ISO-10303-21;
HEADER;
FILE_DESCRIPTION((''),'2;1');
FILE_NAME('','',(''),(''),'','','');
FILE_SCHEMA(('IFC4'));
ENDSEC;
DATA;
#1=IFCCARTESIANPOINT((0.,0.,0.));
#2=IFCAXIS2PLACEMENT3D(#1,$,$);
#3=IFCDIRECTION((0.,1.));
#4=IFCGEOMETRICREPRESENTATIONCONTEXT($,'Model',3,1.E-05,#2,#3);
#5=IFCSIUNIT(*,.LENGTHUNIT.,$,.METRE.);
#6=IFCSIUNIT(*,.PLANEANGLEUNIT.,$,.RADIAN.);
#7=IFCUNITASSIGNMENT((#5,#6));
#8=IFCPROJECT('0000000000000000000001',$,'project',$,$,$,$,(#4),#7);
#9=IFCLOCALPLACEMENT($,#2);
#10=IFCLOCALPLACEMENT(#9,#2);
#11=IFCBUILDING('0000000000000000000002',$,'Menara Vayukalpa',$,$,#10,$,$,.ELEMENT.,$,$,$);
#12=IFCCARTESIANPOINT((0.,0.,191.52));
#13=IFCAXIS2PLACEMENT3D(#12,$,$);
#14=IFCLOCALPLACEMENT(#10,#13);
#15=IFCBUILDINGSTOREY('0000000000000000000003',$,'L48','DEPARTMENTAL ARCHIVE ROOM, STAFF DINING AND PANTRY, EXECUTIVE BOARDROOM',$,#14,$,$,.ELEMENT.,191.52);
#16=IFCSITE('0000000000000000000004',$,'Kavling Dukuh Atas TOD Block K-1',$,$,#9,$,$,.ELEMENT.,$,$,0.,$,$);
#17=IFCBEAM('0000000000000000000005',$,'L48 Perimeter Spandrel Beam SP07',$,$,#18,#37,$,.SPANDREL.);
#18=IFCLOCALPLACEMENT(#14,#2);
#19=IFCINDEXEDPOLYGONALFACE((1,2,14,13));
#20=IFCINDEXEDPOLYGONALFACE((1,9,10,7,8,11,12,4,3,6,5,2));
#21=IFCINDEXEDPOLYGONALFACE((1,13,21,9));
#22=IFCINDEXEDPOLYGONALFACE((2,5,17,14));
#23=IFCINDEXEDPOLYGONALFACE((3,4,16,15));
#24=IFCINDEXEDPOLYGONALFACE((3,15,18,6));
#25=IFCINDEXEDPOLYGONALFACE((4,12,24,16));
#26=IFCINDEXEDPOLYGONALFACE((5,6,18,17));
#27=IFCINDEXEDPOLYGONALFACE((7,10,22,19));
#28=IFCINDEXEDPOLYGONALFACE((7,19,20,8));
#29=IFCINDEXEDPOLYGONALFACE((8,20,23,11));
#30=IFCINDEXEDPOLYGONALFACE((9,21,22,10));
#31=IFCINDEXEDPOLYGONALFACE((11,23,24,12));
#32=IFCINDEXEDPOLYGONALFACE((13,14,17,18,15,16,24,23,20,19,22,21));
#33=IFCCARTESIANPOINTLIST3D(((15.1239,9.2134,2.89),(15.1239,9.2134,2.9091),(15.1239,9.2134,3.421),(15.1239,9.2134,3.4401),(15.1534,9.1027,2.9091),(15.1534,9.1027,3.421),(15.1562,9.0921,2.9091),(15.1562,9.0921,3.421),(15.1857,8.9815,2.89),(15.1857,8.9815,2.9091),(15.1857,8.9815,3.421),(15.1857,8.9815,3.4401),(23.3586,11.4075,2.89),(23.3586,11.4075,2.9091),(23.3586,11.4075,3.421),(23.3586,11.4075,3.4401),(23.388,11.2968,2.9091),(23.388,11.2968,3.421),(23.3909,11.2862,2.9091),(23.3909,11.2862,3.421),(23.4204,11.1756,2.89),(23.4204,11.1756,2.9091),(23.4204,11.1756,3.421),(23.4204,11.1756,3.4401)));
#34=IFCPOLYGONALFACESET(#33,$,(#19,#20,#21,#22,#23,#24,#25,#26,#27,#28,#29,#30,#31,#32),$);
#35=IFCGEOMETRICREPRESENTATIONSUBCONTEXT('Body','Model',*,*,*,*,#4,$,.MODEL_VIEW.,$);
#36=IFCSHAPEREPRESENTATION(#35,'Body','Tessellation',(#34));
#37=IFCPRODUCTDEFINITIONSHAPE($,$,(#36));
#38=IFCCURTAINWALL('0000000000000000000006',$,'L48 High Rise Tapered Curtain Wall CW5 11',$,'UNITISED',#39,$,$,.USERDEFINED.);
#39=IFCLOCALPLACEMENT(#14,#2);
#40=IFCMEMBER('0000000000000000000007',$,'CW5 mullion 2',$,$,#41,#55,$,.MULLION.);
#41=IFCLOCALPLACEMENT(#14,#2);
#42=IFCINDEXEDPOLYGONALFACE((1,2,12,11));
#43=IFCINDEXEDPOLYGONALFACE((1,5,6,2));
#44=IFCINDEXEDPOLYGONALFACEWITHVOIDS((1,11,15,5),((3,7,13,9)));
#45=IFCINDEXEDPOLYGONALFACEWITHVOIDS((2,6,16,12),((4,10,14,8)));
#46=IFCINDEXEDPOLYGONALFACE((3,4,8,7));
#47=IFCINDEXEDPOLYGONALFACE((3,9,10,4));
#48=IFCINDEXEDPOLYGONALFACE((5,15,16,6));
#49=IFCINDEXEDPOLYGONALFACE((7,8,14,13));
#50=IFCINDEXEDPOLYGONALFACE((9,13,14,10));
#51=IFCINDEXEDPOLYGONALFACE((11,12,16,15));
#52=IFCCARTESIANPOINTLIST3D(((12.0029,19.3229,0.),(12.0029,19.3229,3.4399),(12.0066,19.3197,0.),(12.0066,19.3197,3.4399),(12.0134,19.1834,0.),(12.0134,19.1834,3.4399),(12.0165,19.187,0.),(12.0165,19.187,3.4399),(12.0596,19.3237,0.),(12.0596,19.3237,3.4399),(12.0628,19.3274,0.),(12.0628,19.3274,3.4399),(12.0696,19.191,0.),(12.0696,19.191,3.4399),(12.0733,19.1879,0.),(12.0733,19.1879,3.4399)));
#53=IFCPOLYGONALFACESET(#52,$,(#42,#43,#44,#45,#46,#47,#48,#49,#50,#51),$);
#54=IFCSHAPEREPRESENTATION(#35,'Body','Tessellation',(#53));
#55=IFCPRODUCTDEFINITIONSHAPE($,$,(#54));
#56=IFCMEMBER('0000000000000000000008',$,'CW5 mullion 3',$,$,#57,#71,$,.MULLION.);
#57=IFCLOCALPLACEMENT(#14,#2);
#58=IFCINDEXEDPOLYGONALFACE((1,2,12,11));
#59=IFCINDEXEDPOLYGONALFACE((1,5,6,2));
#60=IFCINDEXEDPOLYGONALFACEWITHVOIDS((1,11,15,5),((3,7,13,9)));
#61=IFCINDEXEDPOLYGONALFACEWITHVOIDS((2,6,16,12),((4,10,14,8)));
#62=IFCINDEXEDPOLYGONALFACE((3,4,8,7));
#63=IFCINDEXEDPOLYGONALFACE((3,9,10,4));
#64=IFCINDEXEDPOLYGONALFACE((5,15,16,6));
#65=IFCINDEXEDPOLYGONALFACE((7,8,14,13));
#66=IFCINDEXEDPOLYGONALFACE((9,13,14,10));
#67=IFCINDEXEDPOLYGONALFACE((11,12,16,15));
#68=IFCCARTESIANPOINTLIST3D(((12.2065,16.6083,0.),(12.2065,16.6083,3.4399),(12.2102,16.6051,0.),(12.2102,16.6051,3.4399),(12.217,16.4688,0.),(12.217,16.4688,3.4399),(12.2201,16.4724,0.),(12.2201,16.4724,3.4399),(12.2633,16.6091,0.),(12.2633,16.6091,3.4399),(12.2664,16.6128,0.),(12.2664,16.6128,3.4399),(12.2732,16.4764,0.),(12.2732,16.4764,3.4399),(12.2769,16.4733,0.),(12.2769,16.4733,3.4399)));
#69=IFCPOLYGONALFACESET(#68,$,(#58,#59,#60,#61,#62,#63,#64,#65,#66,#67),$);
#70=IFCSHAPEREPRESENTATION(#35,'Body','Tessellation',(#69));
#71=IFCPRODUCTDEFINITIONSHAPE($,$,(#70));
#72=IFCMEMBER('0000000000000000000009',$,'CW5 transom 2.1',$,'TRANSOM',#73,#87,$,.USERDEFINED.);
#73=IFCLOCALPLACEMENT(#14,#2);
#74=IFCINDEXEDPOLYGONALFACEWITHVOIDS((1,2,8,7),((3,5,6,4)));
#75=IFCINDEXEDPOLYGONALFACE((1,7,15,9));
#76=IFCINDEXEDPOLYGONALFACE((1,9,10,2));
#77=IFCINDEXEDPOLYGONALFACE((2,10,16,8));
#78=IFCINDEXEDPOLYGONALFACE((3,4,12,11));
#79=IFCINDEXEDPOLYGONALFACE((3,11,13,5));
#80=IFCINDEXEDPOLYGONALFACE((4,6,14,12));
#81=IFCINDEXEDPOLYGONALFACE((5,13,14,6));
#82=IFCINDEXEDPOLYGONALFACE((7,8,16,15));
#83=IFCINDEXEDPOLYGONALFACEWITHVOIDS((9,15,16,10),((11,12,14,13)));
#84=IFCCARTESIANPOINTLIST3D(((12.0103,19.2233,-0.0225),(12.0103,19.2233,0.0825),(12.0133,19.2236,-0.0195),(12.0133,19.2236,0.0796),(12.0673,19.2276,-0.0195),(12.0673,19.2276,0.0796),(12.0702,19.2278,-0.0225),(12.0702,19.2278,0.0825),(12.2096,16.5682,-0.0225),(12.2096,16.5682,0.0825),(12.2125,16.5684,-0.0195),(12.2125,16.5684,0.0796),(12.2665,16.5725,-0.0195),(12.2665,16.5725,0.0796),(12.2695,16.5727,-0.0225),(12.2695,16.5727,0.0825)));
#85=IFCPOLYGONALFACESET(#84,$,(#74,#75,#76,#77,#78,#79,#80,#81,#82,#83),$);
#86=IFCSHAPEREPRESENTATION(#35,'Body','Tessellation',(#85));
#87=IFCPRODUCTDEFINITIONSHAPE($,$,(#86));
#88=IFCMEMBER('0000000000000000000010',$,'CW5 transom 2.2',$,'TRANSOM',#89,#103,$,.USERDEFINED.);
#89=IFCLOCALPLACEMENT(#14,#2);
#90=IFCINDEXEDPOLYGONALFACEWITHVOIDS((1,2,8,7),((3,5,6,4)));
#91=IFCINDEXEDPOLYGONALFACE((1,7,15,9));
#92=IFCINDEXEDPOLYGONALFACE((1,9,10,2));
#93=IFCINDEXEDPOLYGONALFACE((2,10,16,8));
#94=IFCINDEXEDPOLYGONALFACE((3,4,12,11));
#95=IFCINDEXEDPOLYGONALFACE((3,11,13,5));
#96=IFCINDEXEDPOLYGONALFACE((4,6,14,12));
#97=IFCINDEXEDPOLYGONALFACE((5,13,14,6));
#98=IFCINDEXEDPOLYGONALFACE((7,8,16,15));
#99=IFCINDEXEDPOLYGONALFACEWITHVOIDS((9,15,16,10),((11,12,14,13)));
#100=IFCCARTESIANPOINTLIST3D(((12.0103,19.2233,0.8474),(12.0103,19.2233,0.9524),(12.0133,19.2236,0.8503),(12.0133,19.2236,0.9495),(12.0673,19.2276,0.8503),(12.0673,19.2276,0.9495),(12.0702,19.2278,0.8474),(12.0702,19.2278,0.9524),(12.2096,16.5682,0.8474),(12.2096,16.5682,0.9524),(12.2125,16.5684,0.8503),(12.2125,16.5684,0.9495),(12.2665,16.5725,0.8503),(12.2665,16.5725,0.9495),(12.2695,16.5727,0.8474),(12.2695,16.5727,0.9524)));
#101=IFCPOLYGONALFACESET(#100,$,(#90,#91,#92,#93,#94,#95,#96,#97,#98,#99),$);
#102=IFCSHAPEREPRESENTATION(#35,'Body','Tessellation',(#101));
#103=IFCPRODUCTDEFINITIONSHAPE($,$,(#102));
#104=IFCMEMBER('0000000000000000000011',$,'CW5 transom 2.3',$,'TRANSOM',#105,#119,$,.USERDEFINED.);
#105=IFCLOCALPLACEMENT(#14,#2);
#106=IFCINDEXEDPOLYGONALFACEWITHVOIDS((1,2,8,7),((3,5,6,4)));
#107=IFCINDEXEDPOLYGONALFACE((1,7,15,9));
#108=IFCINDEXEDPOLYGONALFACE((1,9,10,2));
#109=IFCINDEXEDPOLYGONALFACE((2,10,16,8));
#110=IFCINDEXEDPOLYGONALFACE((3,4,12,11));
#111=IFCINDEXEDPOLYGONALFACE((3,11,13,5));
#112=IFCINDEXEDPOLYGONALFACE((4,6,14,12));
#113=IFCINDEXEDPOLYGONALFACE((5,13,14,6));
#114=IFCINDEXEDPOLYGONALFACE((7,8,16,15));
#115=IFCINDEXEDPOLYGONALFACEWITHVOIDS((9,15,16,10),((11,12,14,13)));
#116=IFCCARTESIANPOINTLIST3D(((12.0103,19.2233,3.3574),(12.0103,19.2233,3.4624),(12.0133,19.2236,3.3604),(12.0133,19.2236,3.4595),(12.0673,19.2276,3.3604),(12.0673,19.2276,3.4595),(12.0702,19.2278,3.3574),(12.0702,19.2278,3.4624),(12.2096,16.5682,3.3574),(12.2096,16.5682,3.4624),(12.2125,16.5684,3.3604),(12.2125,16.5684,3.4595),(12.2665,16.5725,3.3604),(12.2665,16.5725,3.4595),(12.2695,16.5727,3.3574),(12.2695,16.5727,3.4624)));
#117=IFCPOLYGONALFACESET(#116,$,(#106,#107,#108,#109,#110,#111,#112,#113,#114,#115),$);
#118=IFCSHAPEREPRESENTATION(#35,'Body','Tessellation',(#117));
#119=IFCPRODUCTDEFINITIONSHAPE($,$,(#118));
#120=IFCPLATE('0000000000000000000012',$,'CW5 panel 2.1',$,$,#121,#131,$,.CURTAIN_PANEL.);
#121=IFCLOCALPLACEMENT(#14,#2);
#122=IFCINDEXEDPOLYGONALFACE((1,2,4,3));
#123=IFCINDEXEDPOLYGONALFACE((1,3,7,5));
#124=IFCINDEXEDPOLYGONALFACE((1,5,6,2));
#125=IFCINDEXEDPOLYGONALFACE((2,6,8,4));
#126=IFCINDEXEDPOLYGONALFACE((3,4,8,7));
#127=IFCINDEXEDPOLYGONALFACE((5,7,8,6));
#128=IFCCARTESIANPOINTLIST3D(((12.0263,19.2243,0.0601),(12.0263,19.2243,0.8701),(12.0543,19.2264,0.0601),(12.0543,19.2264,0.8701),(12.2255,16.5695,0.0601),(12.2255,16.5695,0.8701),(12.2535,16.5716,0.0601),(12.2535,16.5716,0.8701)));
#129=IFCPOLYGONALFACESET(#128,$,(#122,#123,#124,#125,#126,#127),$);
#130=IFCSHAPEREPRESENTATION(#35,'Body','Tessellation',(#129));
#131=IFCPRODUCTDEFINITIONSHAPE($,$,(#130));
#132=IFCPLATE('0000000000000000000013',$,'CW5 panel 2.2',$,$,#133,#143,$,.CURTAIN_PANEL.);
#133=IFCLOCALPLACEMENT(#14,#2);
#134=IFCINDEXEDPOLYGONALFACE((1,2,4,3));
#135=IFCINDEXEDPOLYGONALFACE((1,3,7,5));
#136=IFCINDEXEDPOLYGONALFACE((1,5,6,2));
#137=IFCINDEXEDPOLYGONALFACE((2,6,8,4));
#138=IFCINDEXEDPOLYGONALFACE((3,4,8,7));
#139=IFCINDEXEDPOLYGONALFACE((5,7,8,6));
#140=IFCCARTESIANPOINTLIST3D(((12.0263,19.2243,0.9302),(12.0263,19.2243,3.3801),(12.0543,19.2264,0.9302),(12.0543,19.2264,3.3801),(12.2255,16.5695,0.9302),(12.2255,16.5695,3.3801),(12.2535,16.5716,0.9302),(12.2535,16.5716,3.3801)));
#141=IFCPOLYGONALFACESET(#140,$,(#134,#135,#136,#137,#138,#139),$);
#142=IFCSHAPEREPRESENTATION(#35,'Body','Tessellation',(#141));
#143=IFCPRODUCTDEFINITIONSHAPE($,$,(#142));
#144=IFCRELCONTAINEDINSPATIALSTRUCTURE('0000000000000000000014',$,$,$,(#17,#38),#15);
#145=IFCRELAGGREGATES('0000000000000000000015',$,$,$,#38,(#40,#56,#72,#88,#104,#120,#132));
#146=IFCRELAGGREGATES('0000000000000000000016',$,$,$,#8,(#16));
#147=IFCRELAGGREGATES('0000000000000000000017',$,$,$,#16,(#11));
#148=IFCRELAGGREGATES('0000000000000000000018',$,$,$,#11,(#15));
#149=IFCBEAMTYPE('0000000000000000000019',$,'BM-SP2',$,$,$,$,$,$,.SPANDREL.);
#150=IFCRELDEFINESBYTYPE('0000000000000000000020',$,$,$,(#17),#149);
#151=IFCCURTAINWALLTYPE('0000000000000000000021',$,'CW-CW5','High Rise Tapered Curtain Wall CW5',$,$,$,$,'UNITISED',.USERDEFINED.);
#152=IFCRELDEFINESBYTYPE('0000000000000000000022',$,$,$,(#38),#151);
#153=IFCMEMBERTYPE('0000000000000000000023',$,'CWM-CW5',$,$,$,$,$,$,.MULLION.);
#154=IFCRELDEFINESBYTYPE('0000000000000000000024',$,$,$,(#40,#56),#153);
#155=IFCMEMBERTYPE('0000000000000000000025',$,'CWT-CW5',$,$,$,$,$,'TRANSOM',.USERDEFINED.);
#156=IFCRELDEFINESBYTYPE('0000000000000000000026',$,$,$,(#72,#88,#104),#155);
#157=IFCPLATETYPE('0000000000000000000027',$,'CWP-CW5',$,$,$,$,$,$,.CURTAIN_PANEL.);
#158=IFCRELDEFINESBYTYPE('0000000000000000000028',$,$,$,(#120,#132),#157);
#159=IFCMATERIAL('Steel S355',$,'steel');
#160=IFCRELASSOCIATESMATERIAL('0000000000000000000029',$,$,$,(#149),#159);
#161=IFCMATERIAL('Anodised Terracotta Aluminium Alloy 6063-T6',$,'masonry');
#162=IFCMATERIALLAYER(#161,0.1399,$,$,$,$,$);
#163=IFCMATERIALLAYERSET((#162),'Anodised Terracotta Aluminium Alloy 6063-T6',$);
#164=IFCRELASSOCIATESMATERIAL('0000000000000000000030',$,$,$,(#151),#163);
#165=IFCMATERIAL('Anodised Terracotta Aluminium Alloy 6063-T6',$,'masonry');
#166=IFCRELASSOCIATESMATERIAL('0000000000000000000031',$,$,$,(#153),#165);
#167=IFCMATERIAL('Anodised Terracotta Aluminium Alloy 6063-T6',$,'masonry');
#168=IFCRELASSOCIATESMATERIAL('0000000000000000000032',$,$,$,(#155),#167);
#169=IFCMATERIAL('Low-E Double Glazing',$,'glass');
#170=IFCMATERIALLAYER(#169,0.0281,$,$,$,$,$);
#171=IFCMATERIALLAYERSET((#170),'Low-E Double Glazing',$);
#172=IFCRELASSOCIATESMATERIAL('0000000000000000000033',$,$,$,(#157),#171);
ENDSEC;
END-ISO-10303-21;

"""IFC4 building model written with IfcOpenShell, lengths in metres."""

from ifc_helpers import new_model, si_unit, direction, frame, origin, origin_2d, place, context, subcontext, project, spatial, rectangle, hollow_rectangle, i_section, extrude, material, layer, layer_set, material_profile, profile_set, type_object, element, aggregate, save


model = new_model("IFC4")

# Units and contexts
model_context = context("Model", 3, precision=1e-05, world=origin(), true_north=direction((0.0, 1.0)))
body_context = subcontext(model_context, "Body", "Model", "MODEL_VIEW")
ifc_project = project(units=[si_unit("LENGTHUNIT", "METRE"), si_unit("PLANEANGLEUNIT", "RADIAN")], contexts=[model_context])

# Site, building, storey
site_placement = place(None, origin())
site = spatial("IfcSite", under=ifc_project, at=site_placement, Name="Kavling Dukuh Atas TOD Block K-1", CompositionType="ELEMENT", RefElevation=0.0)
building_placement = place(site_placement, origin())
building = spatial("IfcBuilding", under=site, at=building_placement, Name="Menara Vayukalpa", CompositionType="ELEMENT")
storey_placement = place(building_placement, frame((0.0, 0.0, 191.52)))
storey = spatial("IfcBuildingStorey", under=building, at=storey_placement, Name="L48", Description="DEPARTMENTAL ARCHIVE ROOM, STAFF DINING AND PANTRY, EXECUTIVE BOARDROOM", CompositionType="ELEMENT", Elevation=191.52)

# Beam
ifc_material_1 = material(Name="Steel S355", Category="steel")
ifc_material_profile_1 = material_profile(ifc_material_1, i_section(OverallWidth=0.24, OverallDepth=0.55, WebThickness=0.011, FlangeThickness=0.019, at=origin_2d()), Name="WF 550x240x11x19")
ifc_profile_set_1 = profile_set([ifc_material_profile_1], Name="Steel S355")
beam_type_1 = type_object("IfcBeamType", Name="BM-SP2", PredefinedType="SPANDREL", material=ifc_profile_set_1)
beam_1_placement = place(storey_placement, frame((15.1548, 9.0974, 3.165), z_axis=(0.966288, 0.257465, 0.0), x_axis=(-0.257465, 0.966288, 0.0)))
element("IfcBeam", 1, at=beam_1_placement, inside=storey, type_object=beam_type_1, Name="L48 Perimeter Spandrel Beam SP07", PredefinedType="SPANDREL", context=body_context, shape_type="SweptSolid", body=[
    extrude(i_section(OverallWidth=0.24, OverallDepth=0.55, WebThickness=0.011, FlangeThickness=0.019, at=origin_2d()), origin(), (0.0, 0.0, 1.0), 8.522),
])

# Curtain wall, members, plates
ifc_material_2 = material(Name="Anodised Terracotta Aluminium Alloy 6063-T6", Category="masonry")
ifc_layer_1 = layer(ifc_material_2, 0.1399)
ifc_layer_set_1 = layer_set([ifc_layer_1], Name="Anodised Terracotta Aluminium Alloy 6063-T6")
curtain_wall_type = type_object("IfcCurtainWallType", Name="CW-CW5", Description="High Rise Tapered Curtain Wall CW5", ElementType="UNITISED", PredefinedType="USERDEFINED", material=ifc_layer_set_1)
curtain_wall_placement = place(storey_placement, origin())
curtain_wall = element("IfcCurtainWall", 2, at=curtain_wall_placement, inside=storey, type_object=curtain_wall_type, Name="L48 High Rise Tapered Curtain Wall CW5 11", ObjectType="UNITISED", PredefinedType="USERDEFINED")
ifc_material_3 = material(Name="Anodised Terracotta Aluminium Alloy 6063-T6", Category="masonry")
ifc_material_profile_2 = material_profile(ifc_material_3, hollow_rectangle(XDim=0.0601, YDim=0.1399, WallThickness=0.0034, at=origin_2d()), Name="ALU 60x140x3.5")
ifc_profile_set_2 = profile_set([ifc_material_profile_2], Name="Anodised Terracotta Aluminium Alloy 6063-T6")
member_type_1 = type_object("IfcMemberType", Name="CWM-CW5", PredefinedType="MULLION", material=ifc_profile_set_2)
member_1_placement = place(storey_placement, frame((12.0381, 19.2554, 0.0), z_axis=(0.0, 0.0, 1.0), x_axis=(0.997199, 0.074792, 0.0)))
member_1 = element("IfcMember", 3, at=member_1_placement, type_object=member_type_1, Name="CW5 mullion 2", PredefinedType="MULLION", context=body_context, shape_type="SweptSolid", body=[
    extrude(hollow_rectangle(XDim=0.0601, YDim=0.1399, WallThickness=0.0034, at=origin_2d()), origin(), (0.0, 0.0, 1.0), 3.4399),
])
member_2_placement = place(storey_placement, frame((12.2417, 16.5408, 0.0), z_axis=(0.0, 0.0, 1.0), x_axis=(0.997199, 0.074792, 0.0)))
member_2 = element("IfcMember", 4, at=member_2_placement, type_object=member_type_1, Name="CW5 mullion 3", PredefinedType="MULLION", context=body_context, shape_type="SweptSolid", body=[
    extrude(hollow_rectangle(XDim=0.0601, YDim=0.1399, WallThickness=0.0034, at=origin_2d()), origin(), (0.0, 0.0, 1.0), 3.4399),
])
ifc_material_4 = material(Name="Anodised Terracotta Aluminium Alloy 6063-T6", Category="masonry")
ifc_material_profile_3 = material_profile(ifc_material_4, hollow_rectangle(XDim=0.0601, YDim=0.105, WallThickness=0.0029, at=origin_2d()), Name="ALU 60x105x3")
ifc_profile_set_3 = profile_set([ifc_material_profile_3], Name="Anodised Terracotta Aluminium Alloy 6063-T6")
member_type_2 = type_object("IfcMemberType", Name="CWT-CW5", ElementType="TRANSOM", PredefinedType="USERDEFINED", material=ifc_profile_set_3)
member_3_placement = place(storey_placement, frame((12.0403, 19.2256, 0.03), z_axis=(0.074824, -0.997197, 0.0), x_axis=(0.997197, 0.074824, 0.0)))
member_3 = element("IfcMember", 5, at=member_3_placement, type_object=member_type_2, Name="CW5 transom 2.1", ObjectType="TRANSOM", PredefinedType="USERDEFINED", context=body_context, shape_type="SweptSolid", body=[
    extrude(hollow_rectangle(XDim=0.0601, YDim=0.105, WallThickness=0.0029, at=origin_2d()), origin(), (0.0, 0.0, 1.0), 2.6626),
])
member_4_placement = place(storey_placement, frame((12.0403, 19.2256, 0.8999), z_axis=(0.074824, -0.997197, 0.0), x_axis=(0.997197, 0.074824, 0.0)))
member_4 = element("IfcMember", 6, at=member_4_placement, type_object=member_type_2, Name="CW5 transom 2.2", ObjectType="TRANSOM", PredefinedType="USERDEFINED", context=body_context, shape_type="SweptSolid", body=[
    extrude(hollow_rectangle(XDim=0.0601, YDim=0.105, WallThickness=0.0029, at=origin_2d()), origin(), (0.0, 0.0, 1.0), 2.6626),
])
member_5_placement = place(storey_placement, frame((12.0403, 19.2256, 3.4099), z_axis=(0.074824, -0.997197, 0.0), x_axis=(0.997197, 0.074824, 0.0)))
member_5 = element("IfcMember", 7, at=member_5_placement, type_object=member_type_2, Name="CW5 transom 2.3", ObjectType="TRANSOM", PredefinedType="USERDEFINED", context=body_context, shape_type="SweptSolid", body=[
    extrude(hollow_rectangle(XDim=0.0601, YDim=0.105, WallThickness=0.0029, at=origin_2d()), origin(), (0.0, 0.0, 1.0), 2.6626),
])
ifc_material_5 = material(Name="Low-E Double Glazing", Category="glass")
ifc_layer_2 = layer(ifc_material_5, 0.0281)
ifc_layer_set_2 = layer_set([ifc_layer_2], Name="Low-E Double Glazing")
plate_type = type_object("IfcPlateType", Name="CWP-CW5", PredefinedType="CURTAIN_PANEL", material=ifc_layer_set_2)
plate_1_placement = place(storey_placement, frame((12.1399, 17.8979, 0.0601), z_axis=(0.0, 0.0, 1.0), x_axis=(0.074792, -0.997199, 0.0)))
plate_1 = element("IfcPlate", 8, at=plate_1_placement, type_object=plate_type, Name="CW5 panel 2.1", PredefinedType="CURTAIN_PANEL", context=body_context, shape_type="SweptSolid", body=[
    extrude(rectangle(XDim=2.6624, YDim=0.0281, at=origin_2d()), origin(), (0.0, 0.0, 1.0), 0.8101),
])
plate_2_placement = place(storey_placement, frame((12.1399, 17.8979, 0.9302), z_axis=(0.0, 0.0, 1.0), x_axis=(0.074792, -0.997199, 0.0)))
plate_2 = element("IfcPlate", 9, at=plate_2_placement, type_object=plate_type, Name="CW5 panel 2.2", PredefinedType="CURTAIN_PANEL", context=body_context, shape_type="SweptSolid", body=[
    extrude(rectangle(XDim=2.6624, YDim=0.0281, at=origin_2d()), origin(), (0.0, 0.0, 1.0), 2.45),
])
aggregate(curtain_wall, [member_1, member_2, member_3, member_4, member_5, plate_1, plate_2])

save(model, "model.ifc")
